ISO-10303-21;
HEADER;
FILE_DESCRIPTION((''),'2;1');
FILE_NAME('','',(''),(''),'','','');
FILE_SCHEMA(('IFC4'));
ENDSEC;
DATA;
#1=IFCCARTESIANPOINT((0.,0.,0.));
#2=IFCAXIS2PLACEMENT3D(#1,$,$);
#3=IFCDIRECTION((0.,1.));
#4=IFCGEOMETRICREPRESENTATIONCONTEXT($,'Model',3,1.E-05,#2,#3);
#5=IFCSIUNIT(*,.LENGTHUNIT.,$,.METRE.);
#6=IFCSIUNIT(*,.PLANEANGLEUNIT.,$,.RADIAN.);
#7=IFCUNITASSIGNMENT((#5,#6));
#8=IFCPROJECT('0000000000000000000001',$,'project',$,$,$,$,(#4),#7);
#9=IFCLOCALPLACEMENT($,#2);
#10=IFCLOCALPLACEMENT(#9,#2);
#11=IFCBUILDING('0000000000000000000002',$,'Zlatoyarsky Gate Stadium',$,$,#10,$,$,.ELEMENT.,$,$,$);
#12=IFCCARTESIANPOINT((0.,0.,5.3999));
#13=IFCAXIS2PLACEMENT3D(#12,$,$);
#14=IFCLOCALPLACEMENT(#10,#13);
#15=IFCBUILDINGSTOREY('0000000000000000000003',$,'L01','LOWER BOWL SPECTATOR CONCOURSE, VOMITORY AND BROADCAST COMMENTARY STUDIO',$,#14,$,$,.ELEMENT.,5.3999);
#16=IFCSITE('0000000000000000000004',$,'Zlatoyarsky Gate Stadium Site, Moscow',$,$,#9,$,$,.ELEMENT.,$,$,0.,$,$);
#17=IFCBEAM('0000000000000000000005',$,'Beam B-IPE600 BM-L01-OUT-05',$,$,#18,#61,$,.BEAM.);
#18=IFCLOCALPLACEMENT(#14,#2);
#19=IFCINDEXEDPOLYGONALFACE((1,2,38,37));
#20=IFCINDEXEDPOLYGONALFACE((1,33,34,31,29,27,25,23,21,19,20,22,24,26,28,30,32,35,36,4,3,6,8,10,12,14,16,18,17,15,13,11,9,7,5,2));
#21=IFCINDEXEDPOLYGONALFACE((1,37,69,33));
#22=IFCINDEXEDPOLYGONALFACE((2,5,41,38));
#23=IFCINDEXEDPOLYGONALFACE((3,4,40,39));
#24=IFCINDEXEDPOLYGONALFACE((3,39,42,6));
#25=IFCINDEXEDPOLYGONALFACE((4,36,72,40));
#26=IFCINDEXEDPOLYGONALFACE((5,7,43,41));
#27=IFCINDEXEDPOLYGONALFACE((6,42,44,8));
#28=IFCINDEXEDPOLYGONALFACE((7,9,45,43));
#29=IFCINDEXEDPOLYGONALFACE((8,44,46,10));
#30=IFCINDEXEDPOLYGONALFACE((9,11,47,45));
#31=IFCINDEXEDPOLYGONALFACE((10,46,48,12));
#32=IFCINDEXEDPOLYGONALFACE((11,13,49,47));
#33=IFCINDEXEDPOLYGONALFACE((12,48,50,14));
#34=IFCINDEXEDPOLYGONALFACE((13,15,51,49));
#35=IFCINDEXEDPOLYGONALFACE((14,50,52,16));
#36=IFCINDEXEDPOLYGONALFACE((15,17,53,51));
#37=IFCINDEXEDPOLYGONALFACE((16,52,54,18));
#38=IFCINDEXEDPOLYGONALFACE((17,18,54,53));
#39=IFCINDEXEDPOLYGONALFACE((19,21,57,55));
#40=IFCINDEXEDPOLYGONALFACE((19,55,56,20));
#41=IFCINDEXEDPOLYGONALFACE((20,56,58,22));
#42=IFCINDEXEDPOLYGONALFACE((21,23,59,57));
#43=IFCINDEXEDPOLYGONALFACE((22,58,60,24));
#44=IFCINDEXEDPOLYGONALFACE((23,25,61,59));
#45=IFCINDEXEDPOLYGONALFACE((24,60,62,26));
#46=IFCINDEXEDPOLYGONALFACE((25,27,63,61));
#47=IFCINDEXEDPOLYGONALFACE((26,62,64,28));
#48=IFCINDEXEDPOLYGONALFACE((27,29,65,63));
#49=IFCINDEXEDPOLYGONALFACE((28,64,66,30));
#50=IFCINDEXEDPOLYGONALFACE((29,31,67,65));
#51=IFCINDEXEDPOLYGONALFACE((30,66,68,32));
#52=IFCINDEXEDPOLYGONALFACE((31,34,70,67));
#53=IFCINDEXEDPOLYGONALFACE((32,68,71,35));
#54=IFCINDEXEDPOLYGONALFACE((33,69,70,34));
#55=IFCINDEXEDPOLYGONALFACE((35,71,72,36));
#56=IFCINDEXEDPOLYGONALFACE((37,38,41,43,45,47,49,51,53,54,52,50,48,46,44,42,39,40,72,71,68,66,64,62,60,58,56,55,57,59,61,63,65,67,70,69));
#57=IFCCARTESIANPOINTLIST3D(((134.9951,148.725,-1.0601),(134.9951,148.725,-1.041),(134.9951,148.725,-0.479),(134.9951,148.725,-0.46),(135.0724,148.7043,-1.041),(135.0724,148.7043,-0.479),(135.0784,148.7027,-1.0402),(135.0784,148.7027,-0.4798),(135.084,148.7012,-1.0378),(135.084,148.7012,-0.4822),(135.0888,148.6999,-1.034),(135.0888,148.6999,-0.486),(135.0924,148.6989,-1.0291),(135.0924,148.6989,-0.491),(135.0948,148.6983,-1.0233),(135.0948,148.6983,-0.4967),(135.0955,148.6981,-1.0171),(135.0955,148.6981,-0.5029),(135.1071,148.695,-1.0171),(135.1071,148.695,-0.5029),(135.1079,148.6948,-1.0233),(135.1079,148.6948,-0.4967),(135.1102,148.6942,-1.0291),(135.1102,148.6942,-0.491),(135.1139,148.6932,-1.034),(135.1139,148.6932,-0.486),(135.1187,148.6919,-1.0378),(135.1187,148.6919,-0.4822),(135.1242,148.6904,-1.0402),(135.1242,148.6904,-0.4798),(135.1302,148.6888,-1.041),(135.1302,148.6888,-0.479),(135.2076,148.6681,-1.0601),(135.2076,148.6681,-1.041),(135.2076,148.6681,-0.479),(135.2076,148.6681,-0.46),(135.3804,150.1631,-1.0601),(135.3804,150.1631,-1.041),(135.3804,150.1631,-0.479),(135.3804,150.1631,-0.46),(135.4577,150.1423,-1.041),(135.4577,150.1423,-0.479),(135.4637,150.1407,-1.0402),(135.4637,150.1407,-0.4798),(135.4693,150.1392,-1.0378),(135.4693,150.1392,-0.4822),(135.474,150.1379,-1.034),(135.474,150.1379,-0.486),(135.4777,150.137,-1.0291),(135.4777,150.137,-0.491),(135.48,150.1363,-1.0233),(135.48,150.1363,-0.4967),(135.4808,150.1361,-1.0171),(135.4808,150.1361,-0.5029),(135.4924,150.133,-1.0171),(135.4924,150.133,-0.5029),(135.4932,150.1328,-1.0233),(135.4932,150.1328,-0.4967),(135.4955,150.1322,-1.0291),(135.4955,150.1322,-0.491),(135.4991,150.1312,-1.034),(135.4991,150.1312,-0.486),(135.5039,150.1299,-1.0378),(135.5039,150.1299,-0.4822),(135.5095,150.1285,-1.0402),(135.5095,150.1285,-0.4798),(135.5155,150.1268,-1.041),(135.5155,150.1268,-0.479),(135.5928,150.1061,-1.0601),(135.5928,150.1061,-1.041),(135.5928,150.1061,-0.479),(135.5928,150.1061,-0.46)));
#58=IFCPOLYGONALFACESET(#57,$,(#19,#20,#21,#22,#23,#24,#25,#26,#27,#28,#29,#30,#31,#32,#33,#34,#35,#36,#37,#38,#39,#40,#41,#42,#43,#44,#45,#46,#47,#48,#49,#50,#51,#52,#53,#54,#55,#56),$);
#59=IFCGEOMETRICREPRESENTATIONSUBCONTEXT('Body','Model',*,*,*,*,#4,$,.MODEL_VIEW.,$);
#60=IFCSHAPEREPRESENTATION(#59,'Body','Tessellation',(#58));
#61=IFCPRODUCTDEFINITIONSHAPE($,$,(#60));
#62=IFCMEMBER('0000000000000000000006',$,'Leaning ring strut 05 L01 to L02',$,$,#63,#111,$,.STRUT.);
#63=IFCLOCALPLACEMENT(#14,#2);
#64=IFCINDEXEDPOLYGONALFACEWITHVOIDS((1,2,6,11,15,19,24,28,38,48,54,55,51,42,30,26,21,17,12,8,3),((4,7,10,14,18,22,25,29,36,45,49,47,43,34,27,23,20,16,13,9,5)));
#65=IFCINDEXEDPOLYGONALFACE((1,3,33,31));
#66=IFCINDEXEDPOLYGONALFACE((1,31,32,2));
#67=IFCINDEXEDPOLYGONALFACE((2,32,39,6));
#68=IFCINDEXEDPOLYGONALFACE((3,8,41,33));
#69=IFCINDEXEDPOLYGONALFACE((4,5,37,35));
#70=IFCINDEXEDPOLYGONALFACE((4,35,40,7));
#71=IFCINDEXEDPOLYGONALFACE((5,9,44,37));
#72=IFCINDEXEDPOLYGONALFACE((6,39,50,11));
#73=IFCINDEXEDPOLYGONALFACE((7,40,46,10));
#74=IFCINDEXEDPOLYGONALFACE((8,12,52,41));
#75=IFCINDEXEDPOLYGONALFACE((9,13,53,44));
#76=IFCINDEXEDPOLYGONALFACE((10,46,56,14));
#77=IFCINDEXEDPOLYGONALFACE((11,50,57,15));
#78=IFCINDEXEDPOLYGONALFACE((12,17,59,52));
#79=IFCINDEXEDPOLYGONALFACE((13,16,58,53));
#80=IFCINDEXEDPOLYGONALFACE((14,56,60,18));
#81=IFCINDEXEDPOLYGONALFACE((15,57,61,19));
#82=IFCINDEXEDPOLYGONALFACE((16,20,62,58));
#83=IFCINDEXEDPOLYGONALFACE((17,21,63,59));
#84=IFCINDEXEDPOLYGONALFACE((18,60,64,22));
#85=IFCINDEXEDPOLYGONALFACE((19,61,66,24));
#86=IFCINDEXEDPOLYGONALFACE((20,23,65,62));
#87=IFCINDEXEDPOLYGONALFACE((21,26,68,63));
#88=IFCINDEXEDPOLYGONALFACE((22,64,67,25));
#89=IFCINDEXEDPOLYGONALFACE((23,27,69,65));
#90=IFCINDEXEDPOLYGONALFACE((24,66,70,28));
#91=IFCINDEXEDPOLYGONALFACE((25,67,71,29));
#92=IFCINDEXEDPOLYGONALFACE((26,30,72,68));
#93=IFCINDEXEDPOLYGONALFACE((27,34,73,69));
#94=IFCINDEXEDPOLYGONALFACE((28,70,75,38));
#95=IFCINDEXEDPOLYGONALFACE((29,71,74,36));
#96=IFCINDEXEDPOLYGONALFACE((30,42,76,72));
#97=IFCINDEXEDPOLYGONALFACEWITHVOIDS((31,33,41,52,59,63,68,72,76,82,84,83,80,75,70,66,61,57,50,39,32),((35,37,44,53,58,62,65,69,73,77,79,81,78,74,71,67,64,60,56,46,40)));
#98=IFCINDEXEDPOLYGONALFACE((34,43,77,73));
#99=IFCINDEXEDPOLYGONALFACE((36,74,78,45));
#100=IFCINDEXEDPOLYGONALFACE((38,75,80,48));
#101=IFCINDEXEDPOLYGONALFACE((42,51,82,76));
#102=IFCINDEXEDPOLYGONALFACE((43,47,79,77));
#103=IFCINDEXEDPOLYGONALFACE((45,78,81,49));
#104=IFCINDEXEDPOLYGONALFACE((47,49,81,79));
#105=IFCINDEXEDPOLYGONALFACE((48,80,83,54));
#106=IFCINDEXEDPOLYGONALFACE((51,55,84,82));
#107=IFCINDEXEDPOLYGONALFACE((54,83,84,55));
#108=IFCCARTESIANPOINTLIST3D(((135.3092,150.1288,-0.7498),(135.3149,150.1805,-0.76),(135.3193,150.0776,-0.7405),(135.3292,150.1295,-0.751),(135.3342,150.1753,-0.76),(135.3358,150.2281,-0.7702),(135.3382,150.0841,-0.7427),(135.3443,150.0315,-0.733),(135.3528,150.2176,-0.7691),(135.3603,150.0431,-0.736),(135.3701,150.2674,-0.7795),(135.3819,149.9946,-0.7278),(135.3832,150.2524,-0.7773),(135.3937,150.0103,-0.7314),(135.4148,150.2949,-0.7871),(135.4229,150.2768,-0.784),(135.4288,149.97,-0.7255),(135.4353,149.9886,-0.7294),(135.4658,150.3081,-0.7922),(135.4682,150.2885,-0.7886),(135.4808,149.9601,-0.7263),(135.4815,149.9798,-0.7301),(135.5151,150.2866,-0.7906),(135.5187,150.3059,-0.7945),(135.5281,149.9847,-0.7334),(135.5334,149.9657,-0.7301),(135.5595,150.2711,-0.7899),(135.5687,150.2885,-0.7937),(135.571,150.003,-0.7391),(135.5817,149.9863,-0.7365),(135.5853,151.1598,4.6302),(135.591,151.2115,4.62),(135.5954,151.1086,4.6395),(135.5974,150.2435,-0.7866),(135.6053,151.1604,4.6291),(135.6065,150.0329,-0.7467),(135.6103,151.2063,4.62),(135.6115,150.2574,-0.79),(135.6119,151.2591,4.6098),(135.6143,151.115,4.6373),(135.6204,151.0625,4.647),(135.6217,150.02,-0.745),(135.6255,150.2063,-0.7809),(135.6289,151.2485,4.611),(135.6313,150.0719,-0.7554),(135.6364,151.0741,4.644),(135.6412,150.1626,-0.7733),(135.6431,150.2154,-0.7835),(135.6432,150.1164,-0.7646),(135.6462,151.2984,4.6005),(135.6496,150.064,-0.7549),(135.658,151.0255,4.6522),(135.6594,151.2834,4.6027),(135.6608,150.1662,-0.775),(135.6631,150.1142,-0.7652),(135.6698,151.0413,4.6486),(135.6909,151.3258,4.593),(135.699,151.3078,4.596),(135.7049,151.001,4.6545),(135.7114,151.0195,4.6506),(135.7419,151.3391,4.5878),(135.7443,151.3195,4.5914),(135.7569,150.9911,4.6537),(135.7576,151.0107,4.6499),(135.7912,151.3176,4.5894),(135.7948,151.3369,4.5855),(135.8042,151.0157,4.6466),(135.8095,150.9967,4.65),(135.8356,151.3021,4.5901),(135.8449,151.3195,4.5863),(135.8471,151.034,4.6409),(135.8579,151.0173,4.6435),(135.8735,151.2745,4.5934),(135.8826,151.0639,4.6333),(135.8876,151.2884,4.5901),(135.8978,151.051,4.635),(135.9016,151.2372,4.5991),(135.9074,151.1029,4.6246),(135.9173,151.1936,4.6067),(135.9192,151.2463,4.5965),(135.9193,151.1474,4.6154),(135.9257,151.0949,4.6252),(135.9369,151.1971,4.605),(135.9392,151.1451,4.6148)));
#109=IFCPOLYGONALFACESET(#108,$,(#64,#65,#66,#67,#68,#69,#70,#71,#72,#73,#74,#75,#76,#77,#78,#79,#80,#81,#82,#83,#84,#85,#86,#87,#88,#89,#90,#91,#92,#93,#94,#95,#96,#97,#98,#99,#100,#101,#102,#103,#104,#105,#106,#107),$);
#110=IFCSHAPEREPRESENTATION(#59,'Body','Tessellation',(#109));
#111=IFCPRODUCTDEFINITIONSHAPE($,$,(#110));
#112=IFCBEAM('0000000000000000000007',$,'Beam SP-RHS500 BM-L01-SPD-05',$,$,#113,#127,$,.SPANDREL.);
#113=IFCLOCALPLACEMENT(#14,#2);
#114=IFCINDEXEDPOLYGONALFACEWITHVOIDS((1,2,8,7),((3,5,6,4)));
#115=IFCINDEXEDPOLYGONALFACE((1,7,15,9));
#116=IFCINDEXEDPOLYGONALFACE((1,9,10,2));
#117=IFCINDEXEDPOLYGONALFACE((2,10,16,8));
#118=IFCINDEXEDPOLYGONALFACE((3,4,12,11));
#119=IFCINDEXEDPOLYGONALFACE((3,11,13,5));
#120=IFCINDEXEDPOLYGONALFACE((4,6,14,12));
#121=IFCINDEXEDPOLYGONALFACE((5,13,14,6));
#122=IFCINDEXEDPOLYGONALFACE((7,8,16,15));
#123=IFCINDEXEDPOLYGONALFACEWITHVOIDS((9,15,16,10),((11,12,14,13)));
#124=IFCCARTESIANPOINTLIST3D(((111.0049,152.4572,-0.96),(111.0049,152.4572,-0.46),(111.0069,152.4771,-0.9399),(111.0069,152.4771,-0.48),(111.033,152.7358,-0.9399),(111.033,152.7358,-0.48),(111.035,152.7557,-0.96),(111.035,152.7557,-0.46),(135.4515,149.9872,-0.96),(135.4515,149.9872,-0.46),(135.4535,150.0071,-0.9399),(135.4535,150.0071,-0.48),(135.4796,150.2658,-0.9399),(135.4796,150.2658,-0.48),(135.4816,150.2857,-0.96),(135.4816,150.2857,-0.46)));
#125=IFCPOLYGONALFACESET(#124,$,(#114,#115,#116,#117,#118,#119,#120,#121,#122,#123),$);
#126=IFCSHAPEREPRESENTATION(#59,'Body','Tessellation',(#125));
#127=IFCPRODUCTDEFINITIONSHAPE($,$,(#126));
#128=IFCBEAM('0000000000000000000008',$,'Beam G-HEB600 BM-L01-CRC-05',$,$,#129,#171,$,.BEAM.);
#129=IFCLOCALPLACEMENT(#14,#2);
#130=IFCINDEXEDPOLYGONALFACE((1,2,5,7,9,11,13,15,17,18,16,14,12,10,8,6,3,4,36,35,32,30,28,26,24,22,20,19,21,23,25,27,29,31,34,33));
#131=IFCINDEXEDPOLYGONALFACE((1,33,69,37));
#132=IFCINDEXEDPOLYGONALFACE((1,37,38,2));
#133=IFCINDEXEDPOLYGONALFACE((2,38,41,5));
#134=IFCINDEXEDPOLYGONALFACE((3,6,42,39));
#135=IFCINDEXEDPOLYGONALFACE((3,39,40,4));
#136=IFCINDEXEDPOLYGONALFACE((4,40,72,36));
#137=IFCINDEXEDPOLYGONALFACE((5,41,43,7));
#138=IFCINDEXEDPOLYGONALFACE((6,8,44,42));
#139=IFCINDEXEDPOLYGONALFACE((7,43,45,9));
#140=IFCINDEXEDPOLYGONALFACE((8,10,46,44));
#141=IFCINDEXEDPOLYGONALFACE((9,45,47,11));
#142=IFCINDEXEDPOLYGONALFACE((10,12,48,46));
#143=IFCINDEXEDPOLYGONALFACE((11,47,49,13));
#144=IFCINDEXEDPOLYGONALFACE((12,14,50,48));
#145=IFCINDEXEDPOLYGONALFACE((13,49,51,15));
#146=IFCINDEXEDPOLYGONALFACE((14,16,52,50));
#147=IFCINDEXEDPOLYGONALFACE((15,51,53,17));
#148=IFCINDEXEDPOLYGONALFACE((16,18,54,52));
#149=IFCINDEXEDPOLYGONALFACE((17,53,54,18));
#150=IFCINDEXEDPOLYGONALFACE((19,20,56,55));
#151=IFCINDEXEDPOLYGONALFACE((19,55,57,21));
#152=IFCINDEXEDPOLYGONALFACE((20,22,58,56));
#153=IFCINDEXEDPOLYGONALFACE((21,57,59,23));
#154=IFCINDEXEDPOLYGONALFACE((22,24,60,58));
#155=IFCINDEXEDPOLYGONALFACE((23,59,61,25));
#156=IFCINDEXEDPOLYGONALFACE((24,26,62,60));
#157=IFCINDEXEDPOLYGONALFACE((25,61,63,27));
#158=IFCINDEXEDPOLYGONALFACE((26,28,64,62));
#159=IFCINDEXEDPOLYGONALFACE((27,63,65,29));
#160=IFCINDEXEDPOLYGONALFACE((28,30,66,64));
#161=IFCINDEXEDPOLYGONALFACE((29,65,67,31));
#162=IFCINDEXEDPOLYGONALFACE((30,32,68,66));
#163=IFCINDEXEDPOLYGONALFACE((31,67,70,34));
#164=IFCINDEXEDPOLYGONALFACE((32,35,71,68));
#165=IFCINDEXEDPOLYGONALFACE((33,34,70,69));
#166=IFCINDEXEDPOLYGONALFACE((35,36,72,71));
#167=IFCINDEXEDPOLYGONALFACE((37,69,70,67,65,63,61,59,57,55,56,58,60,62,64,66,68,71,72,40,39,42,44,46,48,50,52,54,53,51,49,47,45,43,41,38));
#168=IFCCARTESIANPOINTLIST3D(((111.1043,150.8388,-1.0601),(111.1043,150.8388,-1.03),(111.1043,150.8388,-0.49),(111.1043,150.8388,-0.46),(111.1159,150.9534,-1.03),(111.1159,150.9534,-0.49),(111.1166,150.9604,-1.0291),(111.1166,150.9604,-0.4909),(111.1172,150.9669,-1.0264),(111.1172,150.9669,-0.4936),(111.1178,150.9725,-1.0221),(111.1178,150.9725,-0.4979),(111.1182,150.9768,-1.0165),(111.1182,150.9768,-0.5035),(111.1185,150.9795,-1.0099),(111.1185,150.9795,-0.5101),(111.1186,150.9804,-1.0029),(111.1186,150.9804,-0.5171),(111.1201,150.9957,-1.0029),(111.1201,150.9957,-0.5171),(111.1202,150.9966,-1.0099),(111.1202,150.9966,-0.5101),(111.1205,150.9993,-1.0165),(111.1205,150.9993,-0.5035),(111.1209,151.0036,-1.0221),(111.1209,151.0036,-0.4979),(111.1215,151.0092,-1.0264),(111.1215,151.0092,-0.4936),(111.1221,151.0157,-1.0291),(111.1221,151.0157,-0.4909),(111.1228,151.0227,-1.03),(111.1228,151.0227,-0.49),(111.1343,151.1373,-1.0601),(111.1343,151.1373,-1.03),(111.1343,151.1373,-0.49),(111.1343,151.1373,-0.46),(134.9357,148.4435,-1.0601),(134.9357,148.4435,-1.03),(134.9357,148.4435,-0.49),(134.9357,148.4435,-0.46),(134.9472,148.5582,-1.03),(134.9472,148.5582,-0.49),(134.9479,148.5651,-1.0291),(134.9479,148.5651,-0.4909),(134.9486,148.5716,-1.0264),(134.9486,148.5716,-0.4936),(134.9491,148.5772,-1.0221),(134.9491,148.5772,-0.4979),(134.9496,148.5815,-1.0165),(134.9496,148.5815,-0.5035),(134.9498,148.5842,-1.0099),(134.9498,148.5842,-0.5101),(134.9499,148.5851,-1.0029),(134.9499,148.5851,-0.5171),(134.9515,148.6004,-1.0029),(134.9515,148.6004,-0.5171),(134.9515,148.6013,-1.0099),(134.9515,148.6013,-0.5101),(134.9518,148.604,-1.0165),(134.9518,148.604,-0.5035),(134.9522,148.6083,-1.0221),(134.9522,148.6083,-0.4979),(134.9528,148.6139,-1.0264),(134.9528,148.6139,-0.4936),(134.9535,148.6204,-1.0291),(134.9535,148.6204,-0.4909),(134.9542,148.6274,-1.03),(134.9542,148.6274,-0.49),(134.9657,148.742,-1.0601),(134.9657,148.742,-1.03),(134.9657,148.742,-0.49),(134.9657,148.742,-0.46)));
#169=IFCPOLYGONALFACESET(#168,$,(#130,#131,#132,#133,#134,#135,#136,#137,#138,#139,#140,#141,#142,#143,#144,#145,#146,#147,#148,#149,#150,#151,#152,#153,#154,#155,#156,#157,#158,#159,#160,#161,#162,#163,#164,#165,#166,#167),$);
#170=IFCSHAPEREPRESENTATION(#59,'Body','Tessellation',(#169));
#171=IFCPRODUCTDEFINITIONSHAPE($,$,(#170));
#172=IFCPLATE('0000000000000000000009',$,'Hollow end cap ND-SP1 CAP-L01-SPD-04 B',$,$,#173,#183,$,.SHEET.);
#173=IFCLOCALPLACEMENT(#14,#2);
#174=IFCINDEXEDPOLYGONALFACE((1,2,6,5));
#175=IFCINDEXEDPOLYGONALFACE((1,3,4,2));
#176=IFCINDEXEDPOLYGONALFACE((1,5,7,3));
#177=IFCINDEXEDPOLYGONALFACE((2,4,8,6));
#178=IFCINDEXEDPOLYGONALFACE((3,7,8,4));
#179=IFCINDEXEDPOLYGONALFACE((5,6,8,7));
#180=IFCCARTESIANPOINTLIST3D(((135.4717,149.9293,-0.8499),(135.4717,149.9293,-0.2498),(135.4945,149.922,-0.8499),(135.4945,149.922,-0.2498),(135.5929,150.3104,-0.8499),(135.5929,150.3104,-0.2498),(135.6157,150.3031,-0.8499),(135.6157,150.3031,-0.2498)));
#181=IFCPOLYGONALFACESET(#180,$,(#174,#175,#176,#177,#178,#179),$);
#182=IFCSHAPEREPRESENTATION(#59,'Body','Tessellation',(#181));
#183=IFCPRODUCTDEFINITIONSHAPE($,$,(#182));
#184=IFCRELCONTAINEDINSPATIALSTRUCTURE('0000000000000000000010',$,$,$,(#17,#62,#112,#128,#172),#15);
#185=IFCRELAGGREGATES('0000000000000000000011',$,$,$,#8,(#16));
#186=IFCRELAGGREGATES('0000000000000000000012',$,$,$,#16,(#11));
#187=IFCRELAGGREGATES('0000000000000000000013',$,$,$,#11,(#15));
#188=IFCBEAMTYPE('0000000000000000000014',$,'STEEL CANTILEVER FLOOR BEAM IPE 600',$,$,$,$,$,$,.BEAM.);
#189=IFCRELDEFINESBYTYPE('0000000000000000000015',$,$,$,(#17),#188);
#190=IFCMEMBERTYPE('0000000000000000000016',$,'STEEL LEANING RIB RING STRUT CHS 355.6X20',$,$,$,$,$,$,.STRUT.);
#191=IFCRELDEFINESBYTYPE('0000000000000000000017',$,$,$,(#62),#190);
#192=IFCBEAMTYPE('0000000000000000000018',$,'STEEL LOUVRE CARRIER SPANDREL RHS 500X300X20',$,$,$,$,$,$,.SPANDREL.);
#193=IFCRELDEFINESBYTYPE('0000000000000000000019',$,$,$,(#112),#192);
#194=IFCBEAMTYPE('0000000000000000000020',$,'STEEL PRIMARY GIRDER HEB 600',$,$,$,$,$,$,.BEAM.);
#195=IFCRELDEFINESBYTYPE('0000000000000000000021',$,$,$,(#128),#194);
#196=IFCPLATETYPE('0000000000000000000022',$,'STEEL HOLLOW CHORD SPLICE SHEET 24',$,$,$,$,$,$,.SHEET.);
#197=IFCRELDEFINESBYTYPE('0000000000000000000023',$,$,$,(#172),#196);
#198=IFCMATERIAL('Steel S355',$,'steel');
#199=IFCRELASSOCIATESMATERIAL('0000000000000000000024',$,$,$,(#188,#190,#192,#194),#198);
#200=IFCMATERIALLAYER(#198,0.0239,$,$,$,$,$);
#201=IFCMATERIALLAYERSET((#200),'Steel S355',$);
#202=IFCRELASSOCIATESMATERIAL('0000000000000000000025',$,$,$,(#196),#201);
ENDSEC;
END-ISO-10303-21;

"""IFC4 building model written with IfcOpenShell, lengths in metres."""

from ifc_helpers import new_model, si_unit, direction, frame, origin, origin_2d, place, context, subcontext, project, spatial, rectangle, hollow_rectangle, hollow_circle, i_section, extrude, material, layer, layer_set, material_profile, profile_set, type_object, element, save


model = new_model("IFC4")

# Units and contexts
model_context = context("Model", 3, precision=1e-05, world=origin(), true_north=direction((0.0, 1.0)))
body_context = subcontext(model_context, "Body", "Model", "MODEL_VIEW")
ifc_project = project(units=[si_unit("LENGTHUNIT", "METRE"), si_unit("PLANEANGLEUNIT", "RADIAN")], contexts=[model_context])

# Site, building, storey
site_placement = place(None, origin())
site = spatial("IfcSite", under=ifc_project, at=site_placement, Name="Zlatoyarsky Gate Stadium Site, Moscow", CompositionType="ELEMENT", RefElevation=0.0)
building_placement = place(site_placement, origin())
building = spatial("IfcBuilding", under=site, at=building_placement, Name="Zlatoyarsky Gate Stadium", CompositionType="ELEMENT")
storey_placement = place(building_placement, frame((0.0, 0.0, 5.3999)))
storey = spatial("IfcBuildingStorey", under=building, at=storey_placement, Name="L01", Description="LOWER BOWL SPECTATOR CONCOURSE, VOMITORY AND BROADCAST COMMENTARY STUDIO", CompositionType="ELEMENT", Elevation=5.3999)

# Beam
ifc_material_1 = material(Name="Steel S355", Category="steel")
ifc_material_profile_1 = material_profile(ifc_material_1, i_section(OverallWidth=0.22, OverallDepth=0.6001, WebThickness=0.012, FlangeThickness=0.019, FilletRadius=0.0239, at=origin_2d()), Name="IPE 600")
ifc_profile_set_1 = profile_set([ifc_material_profile_1], Name="Steel S355")
beam_type_1 = type_object("IfcBeamType", Name="STEEL CANTILEVER FLOOR BEAM IPE 600", PredefinedType="BEAM", material=ifc_profile_set_1)
beam_1_placement = place(storey_placement, frame((135.1013, 148.6965, -0.76), z_axis=(0.258785, 0.965935, 0.0), x_axis=(-0.965935, 0.258785, 0.0)))
element("IfcBeam", 1, at=beam_1_placement, inside=storey, type_object=beam_type_1, Name="Beam B-IPE600 BM-L01-OUT-05", PredefinedType="BEAM", context=body_context, shape_type="SweptSolid", body=[
    extrude(i_section(OverallWidth=0.22, OverallDepth=0.6001, WebThickness=0.012, FlangeThickness=0.019, FilletRadius=0.0239, at=origin_2d()), origin(), (0.0, 0.0, 1.0), 1.4888),
])

# Member
ifc_material_profile_2 = material_profile(ifc_material_1, hollow_circle(Radius=0.1777, WallThickness=0.02, at=origin_2d()), Name="CHS 355.6X20")
ifc_profile_set_2 = profile_set([ifc_material_profile_2], Name="Steel S355")
member_type_1 = type_object("IfcMemberType", Name="STEEL LEANING RIB RING STRUT CHS 355.6X20", PredefinedType="STRUT", material=ifc_profile_set_2)
member_1_placement = place(storey_placement, frame((135.4866, 150.1345, -0.76), z_axis=(0.050342, 0.187969, 0.980884), x_axis=(-0.965957, 0.258702, 0.0)))
element("IfcMember", 2, at=member_1_placement, inside=storey, type_object=member_type_1, Name="Leaning ring strut 05 L01 to L02", PredefinedType="STRUT", context=body_context, shape_type="SweptSolid", body=[
    extrude(hollow_circle(Radius=0.1777, WallThickness=0.02, at=origin_2d()), origin(), (0.0, 0.0, 1.0), 5.4849),
])

# Beams
ifc_material_profile_3 = material_profile(ifc_material_1, hollow_rectangle(XDim=0.3, YDim=0.5, WallThickness=0.02, at=origin_2d()), Name="RHS 500X300X20")
ifc_profile_set_3 = profile_set([ifc_material_profile_3], Name="Steel S355")
beam_type_2 = type_object("IfcBeamType", Name="STEEL LOUVRE CARRIER SPANDREL RHS 500X300X20", PredefinedType="SPANDREL", material=ifc_profile_set_3)
beam_2_placement = place(storey_placement, frame((135.4666, 150.1365, -0.71), z_axis=(-0.994935, 0.100524, 0.0), x_axis=(-0.100524, -0.994935, 0.0)))
element("IfcBeam", 3, at=beam_2_placement, inside=storey, type_object=beam_type_2, Name="Beam SP-RHS500 BM-L01-SPD-05", PredefinedType="SPANDREL", context=body_context, shape_type="SweptSolid", body=[
    extrude(hollow_rectangle(XDim=0.3, YDim=0.5, WallThickness=0.02, at=origin_2d()), origin(), (0.0, 0.0, 1.0), 24.571),
])
ifc_material_profile_4 = material_profile(ifc_material_1, i_section(OverallWidth=0.3, OverallDepth=0.6001, WebThickness=0.0154, FlangeThickness=0.03, FilletRadius=0.0271, at=origin_2d()), Name="HEB 600")
ifc_profile_set_4 = profile_set([ifc_material_profile_4], Name="Steel S355")
beam_type_3 = type_object("IfcBeamType", Name="STEEL PRIMARY GIRDER HEB 600", PredefinedType="BEAM", material=ifc_profile_set_4)
beam_3_placement = place(storey_placement, frame((134.9507, 148.5928, -0.76), z_axis=(-0.994987, 0.100005, 0.0), x_axis=(-0.100005, -0.994987, 0.0)))
element("IfcBeam", 4, at=beam_3_placement, inside=storey, type_object=beam_type_3, Name="Beam G-HEB600 BM-L01-CRC-05", PredefinedType="BEAM", context=body_context, shape_type="SweptSolid", body=[
    extrude(i_section(OverallWidth=0.3, OverallDepth=0.6001, WebThickness=0.0154, FlangeThickness=0.03, FilletRadius=0.0271, at=origin_2d()), origin(), (0.0, 0.0, 1.0), 23.9514),
])

# Plate
ifc_layer_1 = layer(ifc_material_1, 0.0239)
ifc_layer_set_1 = layer_set([ifc_layer_1], Name="Steel S355")
plate_type_1 = type_object("IfcPlateType", Name="STEEL HOLLOW CHORD SPLICE SHEET 24", PredefinedType="SHEET", material=ifc_layer_set_1)
for number, where, z_axis, x_axis, name in (
    (5, (135.5437, 150.1162, -0.8499), (0.0, 0.0, 1.0), (-0.953006, 0.302953, 0.0), "Hollow end cap ND-SP1 CAP-L01-SPD-04 B"),
):
    element("IfcPlate", number, at=place(storey_placement, frame(where, z_axis=z_axis, x_axis=x_axis)), inside=storey, type_object=plate_type_1, Name=name, PredefinedType="SHEET", context=body_context, shape_type="SweptSolid", body=[
        extrude(rectangle(XDim=0.0239, YDim=0.3999, at=origin_2d()), origin(), (0.0, 0.0, 1.0), 0.6001),
    ])

save(model, "model.ifc")
